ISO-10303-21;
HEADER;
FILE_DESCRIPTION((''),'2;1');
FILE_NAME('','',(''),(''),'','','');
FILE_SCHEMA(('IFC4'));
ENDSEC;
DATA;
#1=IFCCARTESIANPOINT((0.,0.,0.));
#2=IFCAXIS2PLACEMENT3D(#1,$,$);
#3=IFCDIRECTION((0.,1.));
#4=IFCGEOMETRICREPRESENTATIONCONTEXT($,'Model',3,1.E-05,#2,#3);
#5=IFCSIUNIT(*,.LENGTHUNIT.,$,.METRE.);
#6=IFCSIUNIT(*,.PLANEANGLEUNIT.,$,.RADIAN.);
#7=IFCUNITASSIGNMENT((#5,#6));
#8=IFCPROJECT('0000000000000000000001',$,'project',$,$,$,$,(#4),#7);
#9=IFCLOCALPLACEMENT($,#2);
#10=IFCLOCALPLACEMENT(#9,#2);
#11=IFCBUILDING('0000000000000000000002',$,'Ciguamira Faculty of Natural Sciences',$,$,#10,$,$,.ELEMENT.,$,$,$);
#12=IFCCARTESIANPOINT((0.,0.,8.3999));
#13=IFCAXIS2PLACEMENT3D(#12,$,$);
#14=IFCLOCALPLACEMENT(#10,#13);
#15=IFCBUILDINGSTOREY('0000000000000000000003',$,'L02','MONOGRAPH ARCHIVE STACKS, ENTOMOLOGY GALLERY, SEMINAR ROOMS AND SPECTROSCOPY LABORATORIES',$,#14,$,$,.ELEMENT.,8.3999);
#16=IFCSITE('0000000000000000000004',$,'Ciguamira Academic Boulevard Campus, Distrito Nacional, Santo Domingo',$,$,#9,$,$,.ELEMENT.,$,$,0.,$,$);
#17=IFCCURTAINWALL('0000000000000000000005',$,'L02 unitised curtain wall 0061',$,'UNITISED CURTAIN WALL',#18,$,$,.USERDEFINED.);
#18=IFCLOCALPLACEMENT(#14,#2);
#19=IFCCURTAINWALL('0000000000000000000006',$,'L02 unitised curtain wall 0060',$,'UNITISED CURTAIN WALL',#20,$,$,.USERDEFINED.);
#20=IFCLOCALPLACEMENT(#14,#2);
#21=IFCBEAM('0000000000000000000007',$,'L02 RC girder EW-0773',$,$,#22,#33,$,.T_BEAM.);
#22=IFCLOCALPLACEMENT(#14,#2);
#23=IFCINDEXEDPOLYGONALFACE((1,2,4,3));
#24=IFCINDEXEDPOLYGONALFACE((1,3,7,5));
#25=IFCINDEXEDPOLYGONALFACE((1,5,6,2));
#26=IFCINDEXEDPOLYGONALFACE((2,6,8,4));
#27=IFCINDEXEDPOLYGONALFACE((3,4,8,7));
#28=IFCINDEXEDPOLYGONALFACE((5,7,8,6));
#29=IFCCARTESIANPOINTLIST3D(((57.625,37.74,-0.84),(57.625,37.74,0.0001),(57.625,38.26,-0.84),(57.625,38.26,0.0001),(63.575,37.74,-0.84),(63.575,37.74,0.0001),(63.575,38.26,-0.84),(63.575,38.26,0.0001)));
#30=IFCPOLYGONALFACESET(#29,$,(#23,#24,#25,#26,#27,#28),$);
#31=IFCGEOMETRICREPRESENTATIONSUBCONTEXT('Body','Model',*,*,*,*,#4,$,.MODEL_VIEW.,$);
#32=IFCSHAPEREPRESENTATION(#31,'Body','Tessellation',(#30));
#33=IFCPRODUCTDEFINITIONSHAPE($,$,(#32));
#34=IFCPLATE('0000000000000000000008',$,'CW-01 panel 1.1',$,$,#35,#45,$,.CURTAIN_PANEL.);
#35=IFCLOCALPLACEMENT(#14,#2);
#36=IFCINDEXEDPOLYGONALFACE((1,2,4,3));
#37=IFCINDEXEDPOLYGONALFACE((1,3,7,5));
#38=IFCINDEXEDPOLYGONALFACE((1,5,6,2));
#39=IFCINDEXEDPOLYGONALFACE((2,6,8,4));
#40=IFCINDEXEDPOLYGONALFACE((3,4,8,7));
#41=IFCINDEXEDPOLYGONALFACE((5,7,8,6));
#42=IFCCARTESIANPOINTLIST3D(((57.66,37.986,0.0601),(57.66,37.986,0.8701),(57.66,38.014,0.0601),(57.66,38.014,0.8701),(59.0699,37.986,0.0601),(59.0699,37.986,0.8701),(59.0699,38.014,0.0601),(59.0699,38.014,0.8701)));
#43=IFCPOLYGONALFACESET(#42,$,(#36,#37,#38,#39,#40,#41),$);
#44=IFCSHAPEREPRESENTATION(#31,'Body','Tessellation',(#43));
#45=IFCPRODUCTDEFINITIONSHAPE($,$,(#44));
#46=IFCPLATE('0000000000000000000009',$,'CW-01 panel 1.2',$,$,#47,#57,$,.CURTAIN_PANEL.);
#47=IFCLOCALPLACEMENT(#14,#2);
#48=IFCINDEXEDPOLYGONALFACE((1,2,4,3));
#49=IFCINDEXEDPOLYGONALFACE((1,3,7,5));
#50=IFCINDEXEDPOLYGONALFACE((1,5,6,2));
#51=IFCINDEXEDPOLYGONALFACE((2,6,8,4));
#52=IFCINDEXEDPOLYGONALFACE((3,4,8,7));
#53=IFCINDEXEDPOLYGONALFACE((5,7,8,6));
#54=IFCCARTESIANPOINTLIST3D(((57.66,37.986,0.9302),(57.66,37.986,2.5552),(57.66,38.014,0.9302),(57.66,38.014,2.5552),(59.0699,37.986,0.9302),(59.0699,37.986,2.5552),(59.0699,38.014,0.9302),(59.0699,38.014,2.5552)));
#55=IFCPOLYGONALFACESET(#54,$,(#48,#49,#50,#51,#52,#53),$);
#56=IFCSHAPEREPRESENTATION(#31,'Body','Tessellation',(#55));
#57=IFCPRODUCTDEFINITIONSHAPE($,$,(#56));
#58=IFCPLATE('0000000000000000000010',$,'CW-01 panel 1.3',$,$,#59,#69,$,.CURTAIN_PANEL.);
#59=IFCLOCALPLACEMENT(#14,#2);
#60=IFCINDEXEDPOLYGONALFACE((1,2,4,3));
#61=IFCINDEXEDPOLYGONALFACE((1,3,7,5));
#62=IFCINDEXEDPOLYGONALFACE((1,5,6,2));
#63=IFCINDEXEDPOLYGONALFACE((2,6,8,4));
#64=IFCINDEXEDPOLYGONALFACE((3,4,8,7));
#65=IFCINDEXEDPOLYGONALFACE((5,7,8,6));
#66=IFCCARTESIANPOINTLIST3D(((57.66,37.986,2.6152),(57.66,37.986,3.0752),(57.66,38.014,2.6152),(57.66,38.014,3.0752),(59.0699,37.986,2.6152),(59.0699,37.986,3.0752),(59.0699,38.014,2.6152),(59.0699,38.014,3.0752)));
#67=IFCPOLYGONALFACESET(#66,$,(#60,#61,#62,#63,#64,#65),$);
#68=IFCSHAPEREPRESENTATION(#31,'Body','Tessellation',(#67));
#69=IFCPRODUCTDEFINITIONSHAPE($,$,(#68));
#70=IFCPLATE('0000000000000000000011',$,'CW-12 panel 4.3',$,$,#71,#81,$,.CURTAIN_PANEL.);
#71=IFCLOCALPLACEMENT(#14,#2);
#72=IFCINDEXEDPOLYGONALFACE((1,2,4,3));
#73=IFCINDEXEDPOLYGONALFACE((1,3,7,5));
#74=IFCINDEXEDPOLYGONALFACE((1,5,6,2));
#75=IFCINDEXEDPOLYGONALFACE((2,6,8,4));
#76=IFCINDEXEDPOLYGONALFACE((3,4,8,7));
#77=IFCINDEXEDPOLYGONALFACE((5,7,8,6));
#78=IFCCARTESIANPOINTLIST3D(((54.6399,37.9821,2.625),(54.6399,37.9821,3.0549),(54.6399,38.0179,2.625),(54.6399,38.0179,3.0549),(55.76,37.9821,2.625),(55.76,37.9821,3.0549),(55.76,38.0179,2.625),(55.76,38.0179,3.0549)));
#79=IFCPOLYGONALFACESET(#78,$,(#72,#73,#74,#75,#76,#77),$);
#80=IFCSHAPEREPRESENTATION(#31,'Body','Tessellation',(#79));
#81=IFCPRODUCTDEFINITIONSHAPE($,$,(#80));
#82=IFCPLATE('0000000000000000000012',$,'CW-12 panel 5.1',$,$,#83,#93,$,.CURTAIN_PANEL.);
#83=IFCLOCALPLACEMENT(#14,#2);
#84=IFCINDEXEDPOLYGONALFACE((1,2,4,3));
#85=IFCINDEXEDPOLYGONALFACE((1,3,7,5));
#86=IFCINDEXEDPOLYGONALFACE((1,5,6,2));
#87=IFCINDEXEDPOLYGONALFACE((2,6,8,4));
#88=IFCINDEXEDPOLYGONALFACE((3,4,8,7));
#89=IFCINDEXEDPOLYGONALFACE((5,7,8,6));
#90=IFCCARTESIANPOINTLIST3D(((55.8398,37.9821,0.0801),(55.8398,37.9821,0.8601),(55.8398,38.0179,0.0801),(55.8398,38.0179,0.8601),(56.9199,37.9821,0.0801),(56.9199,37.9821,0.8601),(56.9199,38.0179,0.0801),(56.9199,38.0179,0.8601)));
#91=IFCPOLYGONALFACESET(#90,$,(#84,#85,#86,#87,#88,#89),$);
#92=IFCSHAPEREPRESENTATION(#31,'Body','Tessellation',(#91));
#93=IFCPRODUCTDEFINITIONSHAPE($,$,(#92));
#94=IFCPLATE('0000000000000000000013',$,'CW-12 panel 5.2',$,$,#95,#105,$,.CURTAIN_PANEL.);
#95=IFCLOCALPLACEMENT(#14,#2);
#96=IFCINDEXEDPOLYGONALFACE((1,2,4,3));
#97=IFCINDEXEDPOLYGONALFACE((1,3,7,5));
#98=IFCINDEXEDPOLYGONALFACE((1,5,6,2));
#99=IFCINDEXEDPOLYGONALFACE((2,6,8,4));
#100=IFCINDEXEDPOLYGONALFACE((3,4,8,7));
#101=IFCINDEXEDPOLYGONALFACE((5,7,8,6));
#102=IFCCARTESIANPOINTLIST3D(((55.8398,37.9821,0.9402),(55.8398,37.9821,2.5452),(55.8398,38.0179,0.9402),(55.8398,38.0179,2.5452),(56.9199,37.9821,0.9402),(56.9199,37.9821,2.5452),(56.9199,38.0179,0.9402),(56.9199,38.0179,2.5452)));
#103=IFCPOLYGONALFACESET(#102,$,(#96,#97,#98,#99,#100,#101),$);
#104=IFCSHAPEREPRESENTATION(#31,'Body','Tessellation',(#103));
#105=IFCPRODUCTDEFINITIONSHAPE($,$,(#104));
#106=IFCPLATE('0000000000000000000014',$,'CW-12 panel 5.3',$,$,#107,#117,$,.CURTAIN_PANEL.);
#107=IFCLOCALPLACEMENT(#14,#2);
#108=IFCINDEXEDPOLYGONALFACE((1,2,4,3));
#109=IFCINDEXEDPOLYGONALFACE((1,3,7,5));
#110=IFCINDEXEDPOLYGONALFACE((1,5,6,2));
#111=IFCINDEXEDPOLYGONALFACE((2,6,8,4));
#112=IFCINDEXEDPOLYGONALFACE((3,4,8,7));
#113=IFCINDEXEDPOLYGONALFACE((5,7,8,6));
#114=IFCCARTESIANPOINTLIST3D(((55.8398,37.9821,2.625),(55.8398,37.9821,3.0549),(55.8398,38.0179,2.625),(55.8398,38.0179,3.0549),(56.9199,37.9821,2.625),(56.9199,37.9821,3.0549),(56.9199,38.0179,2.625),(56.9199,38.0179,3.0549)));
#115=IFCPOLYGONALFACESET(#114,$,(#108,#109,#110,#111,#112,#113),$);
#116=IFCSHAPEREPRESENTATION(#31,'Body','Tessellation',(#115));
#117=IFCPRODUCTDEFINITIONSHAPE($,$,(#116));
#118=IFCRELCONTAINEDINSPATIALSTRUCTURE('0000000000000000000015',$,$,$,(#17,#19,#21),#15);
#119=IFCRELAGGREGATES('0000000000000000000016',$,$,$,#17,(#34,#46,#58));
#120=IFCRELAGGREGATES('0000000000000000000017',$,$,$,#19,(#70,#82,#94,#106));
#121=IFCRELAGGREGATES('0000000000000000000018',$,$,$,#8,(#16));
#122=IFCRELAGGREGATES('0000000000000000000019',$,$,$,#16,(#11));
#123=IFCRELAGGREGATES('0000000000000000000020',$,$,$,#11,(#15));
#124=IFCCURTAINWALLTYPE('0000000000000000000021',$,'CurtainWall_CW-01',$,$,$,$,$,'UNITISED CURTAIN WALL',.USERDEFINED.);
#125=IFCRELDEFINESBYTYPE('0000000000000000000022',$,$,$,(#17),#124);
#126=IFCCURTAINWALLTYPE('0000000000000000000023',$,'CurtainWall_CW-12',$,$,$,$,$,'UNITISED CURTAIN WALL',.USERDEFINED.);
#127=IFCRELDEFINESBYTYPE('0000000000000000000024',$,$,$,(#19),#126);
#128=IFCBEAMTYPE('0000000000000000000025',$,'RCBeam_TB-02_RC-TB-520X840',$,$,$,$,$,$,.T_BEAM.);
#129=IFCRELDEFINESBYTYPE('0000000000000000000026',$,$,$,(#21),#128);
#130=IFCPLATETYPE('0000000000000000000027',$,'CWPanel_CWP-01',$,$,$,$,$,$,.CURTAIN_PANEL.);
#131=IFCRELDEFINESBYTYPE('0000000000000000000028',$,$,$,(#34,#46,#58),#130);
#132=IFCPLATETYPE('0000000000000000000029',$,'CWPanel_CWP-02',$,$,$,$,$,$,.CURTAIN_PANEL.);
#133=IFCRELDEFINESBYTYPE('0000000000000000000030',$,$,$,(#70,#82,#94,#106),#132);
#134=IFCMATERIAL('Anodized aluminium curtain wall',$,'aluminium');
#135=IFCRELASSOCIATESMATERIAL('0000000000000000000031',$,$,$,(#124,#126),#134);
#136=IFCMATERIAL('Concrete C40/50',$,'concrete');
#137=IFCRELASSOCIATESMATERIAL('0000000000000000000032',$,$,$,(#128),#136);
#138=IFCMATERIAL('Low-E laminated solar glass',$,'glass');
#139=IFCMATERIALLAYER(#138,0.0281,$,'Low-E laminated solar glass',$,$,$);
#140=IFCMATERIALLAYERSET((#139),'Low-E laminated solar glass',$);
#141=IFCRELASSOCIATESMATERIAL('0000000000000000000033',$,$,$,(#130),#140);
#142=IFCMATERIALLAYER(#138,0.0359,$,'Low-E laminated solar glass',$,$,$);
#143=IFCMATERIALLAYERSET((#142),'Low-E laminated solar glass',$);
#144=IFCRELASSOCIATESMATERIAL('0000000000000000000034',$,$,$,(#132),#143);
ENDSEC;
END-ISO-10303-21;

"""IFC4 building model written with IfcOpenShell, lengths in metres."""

from ifc_helpers import new_model, si_unit, direction, frame, origin, origin_2d, place, context, subcontext, project, spatial, rectangle, extrude, material, layer, layer_set, material_profile, profile_set, type_object, element, aggregate, save


model = new_model("IFC4")

# Units and contexts
model_context = context("Model", 3, precision=1e-05, world=origin(), true_north=direction((0.0, 1.0)))
body_context = subcontext(model_context, "Body", "Model", "MODEL_VIEW")
ifc_project = project(units=[si_unit("LENGTHUNIT", "METRE"), si_unit("PLANEANGLEUNIT", "RADIAN")], contexts=[model_context])

# Site, building, storey
site_placement = place(None, origin())
site = spatial("IfcSite", under=ifc_project, at=site_placement, Name="Ciguamira Academic Boulevard Campus, Distrito Nacional, Santo Domingo", CompositionType="ELEMENT", RefElevation=0.0)
building_placement = place(site_placement, origin())
building = spatial("IfcBuilding", under=site, at=building_placement, Name="Ciguamira Faculty of Natural Sciences", CompositionType="ELEMENT")
storey_placement = place(building_placement, frame((0.0, 0.0, 8.3999)))
storey = spatial("IfcBuildingStorey", under=building, at=storey_placement, Name="L02", Description="MONOGRAPH ARCHIVE STACKS, ENTOMOLOGY GALLERY, SEMINAR ROOMS AND SPECTROSCOPY LABORATORIES", CompositionType="ELEMENT", Elevation=8.3999)

# Shared definitions
ifc_material_1 = material(Name="Concrete C40/50", Category="concrete")

# Curtain walls
ifc_material_2 = material(Name="Anodized aluminium curtain wall", Category="aluminium")
curtain_wall_type_1 = type_object("IfcCurtainWallType", Name="CurtainWall_CW-01", ElementType="UNITISED CURTAIN WALL", PredefinedType="USERDEFINED", material=ifc_material_2)
curtain_wall_1_placement = place(storey_placement, origin())
curtain_wall_1 = element("IfcCurtainWall", 1, at=curtain_wall_1_placement, inside=storey, type_object=curtain_wall_type_1, Name="L02 unitised curtain wall 0061", ObjectType="UNITISED CURTAIN WALL", PredefinedType="USERDEFINED")
curtain_wall_type_2 = type_object("IfcCurtainWallType", Name="CurtainWall_CW-12", ElementType="UNITISED CURTAIN WALL", PredefinedType="USERDEFINED", material=ifc_material_2)
curtain_wall_2_placement = place(storey_placement, origin())
curtain_wall_2 = element("IfcCurtainWall", 2, at=curtain_wall_2_placement, inside=storey, type_object=curtain_wall_type_2, Name="L02 unitised curtain wall 0060", ObjectType="UNITISED CURTAIN WALL", PredefinedType="USERDEFINED")

# Beam
ifc_material_profile_1 = material_profile(ifc_material_1, rectangle(XDim=0.52, YDim=0.8401, at=origin_2d()), Name="RC-TB-520X840")
ifc_profile_set_1 = profile_set([ifc_material_profile_1], Name="Concrete C40/50")
beam_type = type_object("IfcBeamType", Name="RCBeam_TB-02_RC-TB-520X840", PredefinedType="T_BEAM", material=ifc_profile_set_1)
beam_placement = place(storey_placement, frame((57.625, 38.0, -0.4199), z_axis=(1.0, 0.0, 0.0), x_axis=(0.0, 1.0, 0.0)))
element("IfcBeam", 3, at=beam_placement, inside=storey, type_object=beam_type, Name="L02 RC girder EW-0773", PredefinedType="T_BEAM", context=body_context, shape_type="SweptSolid", body=[
    extrude(rectangle(XDim=0.52, YDim=0.8401, at=origin_2d()), origin(), (0.0, 0.0, 1.0), 5.95),
])

# Plates
ifc_material_3 = material(Name="Low-E laminated solar glass", Category="glass")
ifc_layer_1 = layer(ifc_material_3, 0.0281, Name="Low-E laminated solar glass")
ifc_layer_set_1 = layer_set([ifc_layer_1], Name="Low-E laminated solar glass")
plate_type_1 = type_object("IfcPlateType", Name="CWPanel_CWP-01", PredefinedType="CURTAIN_PANEL", material=ifc_layer_set_1)
plate_1_placement = place(storey_placement, frame((58.365, 38.0, 0.0601), z_axis=(0.0, 0.0, 1.0), x_axis=(1.0, 0.0, 0.0)))
plate_1 = element("IfcPlate", 4, at=plate_1_placement, type_object=plate_type_1, Name="CW-01 panel 1.1", PredefinedType="CURTAIN_PANEL", context=body_context, shape_type="SweptSolid", body=[
    extrude(rectangle(XDim=1.4099, YDim=0.0281, at=origin_2d()), origin(), (0.0, 0.0, 1.0), 0.8101),
])
plate_2_placement = place(storey_placement, frame((58.365, 38.0, 0.9302), z_axis=(0.0, 0.0, 1.0), x_axis=(1.0, 0.0, 0.0)))
plate_2 = element("IfcPlate", 5, at=plate_2_placement, type_object=plate_type_1, Name="CW-01 panel 1.2", PredefinedType="CURTAIN_PANEL", context=body_context, shape_type="SweptSolid", body=[
    extrude(rectangle(XDim=1.4099, YDim=0.0281, at=origin_2d()), origin(), (0.0, 0.0, 1.0), 1.625),
])
plate_3_placement = place(storey_placement, frame((58.365, 38.0, 2.6152), z_axis=(0.0, 0.0, 1.0), x_axis=(1.0, 0.0, 0.0)))
plate_3 = element("IfcPlate", 6, at=plate_3_placement, type_object=plate_type_1, Name="CW-01 panel 1.3", PredefinedType="CURTAIN_PANEL", context=body_context, shape_type="SweptSolid", body=[
    extrude(rectangle(XDim=1.4099, YDim=0.0281, at=origin_2d()), origin(), (0.0, 0.0, 1.0), 0.46),
])
aggregate(curtain_wall_1, [plate_1, plate_2, plate_3])
ifc_layer_2 = layer(ifc_material_3, 0.0359, Name="Low-E laminated solar glass")
ifc_layer_set_2 = layer_set([ifc_layer_2], Name="Low-E laminated solar glass")
plate_type_2 = type_object("IfcPlateType", Name="CWPanel_CWP-02", PredefinedType="CURTAIN_PANEL", material=ifc_layer_set_2)
plate_4_placement = place(storey_placement, frame((55.2, 38.0, 2.625), z_axis=(0.0, 0.0, 1.0), x_axis=(1.0, 0.0, 0.0)))
plate_4 = element("IfcPlate", 7, at=plate_4_placement, type_object=plate_type_2, Name="CW-12 panel 4.3", PredefinedType="CURTAIN_PANEL", context=body_context, shape_type="SweptSolid", body=[
    extrude(rectangle(XDim=1.1201, YDim=0.0359, at=origin_2d()), origin(), (0.0, 0.0, 1.0), 0.4299),
])
plate_5_placement = place(storey_placement, frame((56.3799, 38.0, 0.0801), z_axis=(0.0, 0.0, 1.0), x_axis=(1.0, 0.0, 0.0)))
plate_5 = element("IfcPlate", 8, at=plate_5_placement, type_object=plate_type_2, Name="CW-12 panel 5.1", PredefinedType="CURTAIN_PANEL", context=body_context, shape_type="SweptSolid", body=[
    extrude(rectangle(XDim=1.0801, YDim=0.0359, at=origin_2d()), origin(), (0.0, 0.0, 1.0), 0.78),
])
plate_6_placement = place(storey_placement, frame((56.3799, 38.0, 0.9402), z_axis=(0.0, 0.0, 1.0), x_axis=(1.0, 0.0, 0.0)))
plate_6 = element("IfcPlate", 9, at=plate_6_placement, type_object=plate_type_2, Name="CW-12 panel 5.2", PredefinedType="CURTAIN_PANEL", context=body_context, shape_type="SweptSolid", body=[
    extrude(rectangle(XDim=1.0801, YDim=0.0359, at=origin_2d()), origin(), (0.0, 0.0, 1.0), 1.605),
])
plate_7_placement = place(storey_placement, frame((56.3799, 38.0, 2.625), z_axis=(0.0, 0.0, 1.0), x_axis=(1.0, 0.0, 0.0)))
plate_7 = element("IfcPlate", 10, at=plate_7_placement, type_object=plate_type_2, Name="CW-12 panel 5.3", PredefinedType="CURTAIN_PANEL", context=body_context, shape_type="SweptSolid", body=[
    extrude(rectangle(XDim=1.0801, YDim=0.0359, at=origin_2d()), origin(), (0.0, 0.0, 1.0), 0.4299),
])
aggregate(curtain_wall_2, [plate_4, plate_5, plate_6, plate_7])

save(model, "model.ifc")
